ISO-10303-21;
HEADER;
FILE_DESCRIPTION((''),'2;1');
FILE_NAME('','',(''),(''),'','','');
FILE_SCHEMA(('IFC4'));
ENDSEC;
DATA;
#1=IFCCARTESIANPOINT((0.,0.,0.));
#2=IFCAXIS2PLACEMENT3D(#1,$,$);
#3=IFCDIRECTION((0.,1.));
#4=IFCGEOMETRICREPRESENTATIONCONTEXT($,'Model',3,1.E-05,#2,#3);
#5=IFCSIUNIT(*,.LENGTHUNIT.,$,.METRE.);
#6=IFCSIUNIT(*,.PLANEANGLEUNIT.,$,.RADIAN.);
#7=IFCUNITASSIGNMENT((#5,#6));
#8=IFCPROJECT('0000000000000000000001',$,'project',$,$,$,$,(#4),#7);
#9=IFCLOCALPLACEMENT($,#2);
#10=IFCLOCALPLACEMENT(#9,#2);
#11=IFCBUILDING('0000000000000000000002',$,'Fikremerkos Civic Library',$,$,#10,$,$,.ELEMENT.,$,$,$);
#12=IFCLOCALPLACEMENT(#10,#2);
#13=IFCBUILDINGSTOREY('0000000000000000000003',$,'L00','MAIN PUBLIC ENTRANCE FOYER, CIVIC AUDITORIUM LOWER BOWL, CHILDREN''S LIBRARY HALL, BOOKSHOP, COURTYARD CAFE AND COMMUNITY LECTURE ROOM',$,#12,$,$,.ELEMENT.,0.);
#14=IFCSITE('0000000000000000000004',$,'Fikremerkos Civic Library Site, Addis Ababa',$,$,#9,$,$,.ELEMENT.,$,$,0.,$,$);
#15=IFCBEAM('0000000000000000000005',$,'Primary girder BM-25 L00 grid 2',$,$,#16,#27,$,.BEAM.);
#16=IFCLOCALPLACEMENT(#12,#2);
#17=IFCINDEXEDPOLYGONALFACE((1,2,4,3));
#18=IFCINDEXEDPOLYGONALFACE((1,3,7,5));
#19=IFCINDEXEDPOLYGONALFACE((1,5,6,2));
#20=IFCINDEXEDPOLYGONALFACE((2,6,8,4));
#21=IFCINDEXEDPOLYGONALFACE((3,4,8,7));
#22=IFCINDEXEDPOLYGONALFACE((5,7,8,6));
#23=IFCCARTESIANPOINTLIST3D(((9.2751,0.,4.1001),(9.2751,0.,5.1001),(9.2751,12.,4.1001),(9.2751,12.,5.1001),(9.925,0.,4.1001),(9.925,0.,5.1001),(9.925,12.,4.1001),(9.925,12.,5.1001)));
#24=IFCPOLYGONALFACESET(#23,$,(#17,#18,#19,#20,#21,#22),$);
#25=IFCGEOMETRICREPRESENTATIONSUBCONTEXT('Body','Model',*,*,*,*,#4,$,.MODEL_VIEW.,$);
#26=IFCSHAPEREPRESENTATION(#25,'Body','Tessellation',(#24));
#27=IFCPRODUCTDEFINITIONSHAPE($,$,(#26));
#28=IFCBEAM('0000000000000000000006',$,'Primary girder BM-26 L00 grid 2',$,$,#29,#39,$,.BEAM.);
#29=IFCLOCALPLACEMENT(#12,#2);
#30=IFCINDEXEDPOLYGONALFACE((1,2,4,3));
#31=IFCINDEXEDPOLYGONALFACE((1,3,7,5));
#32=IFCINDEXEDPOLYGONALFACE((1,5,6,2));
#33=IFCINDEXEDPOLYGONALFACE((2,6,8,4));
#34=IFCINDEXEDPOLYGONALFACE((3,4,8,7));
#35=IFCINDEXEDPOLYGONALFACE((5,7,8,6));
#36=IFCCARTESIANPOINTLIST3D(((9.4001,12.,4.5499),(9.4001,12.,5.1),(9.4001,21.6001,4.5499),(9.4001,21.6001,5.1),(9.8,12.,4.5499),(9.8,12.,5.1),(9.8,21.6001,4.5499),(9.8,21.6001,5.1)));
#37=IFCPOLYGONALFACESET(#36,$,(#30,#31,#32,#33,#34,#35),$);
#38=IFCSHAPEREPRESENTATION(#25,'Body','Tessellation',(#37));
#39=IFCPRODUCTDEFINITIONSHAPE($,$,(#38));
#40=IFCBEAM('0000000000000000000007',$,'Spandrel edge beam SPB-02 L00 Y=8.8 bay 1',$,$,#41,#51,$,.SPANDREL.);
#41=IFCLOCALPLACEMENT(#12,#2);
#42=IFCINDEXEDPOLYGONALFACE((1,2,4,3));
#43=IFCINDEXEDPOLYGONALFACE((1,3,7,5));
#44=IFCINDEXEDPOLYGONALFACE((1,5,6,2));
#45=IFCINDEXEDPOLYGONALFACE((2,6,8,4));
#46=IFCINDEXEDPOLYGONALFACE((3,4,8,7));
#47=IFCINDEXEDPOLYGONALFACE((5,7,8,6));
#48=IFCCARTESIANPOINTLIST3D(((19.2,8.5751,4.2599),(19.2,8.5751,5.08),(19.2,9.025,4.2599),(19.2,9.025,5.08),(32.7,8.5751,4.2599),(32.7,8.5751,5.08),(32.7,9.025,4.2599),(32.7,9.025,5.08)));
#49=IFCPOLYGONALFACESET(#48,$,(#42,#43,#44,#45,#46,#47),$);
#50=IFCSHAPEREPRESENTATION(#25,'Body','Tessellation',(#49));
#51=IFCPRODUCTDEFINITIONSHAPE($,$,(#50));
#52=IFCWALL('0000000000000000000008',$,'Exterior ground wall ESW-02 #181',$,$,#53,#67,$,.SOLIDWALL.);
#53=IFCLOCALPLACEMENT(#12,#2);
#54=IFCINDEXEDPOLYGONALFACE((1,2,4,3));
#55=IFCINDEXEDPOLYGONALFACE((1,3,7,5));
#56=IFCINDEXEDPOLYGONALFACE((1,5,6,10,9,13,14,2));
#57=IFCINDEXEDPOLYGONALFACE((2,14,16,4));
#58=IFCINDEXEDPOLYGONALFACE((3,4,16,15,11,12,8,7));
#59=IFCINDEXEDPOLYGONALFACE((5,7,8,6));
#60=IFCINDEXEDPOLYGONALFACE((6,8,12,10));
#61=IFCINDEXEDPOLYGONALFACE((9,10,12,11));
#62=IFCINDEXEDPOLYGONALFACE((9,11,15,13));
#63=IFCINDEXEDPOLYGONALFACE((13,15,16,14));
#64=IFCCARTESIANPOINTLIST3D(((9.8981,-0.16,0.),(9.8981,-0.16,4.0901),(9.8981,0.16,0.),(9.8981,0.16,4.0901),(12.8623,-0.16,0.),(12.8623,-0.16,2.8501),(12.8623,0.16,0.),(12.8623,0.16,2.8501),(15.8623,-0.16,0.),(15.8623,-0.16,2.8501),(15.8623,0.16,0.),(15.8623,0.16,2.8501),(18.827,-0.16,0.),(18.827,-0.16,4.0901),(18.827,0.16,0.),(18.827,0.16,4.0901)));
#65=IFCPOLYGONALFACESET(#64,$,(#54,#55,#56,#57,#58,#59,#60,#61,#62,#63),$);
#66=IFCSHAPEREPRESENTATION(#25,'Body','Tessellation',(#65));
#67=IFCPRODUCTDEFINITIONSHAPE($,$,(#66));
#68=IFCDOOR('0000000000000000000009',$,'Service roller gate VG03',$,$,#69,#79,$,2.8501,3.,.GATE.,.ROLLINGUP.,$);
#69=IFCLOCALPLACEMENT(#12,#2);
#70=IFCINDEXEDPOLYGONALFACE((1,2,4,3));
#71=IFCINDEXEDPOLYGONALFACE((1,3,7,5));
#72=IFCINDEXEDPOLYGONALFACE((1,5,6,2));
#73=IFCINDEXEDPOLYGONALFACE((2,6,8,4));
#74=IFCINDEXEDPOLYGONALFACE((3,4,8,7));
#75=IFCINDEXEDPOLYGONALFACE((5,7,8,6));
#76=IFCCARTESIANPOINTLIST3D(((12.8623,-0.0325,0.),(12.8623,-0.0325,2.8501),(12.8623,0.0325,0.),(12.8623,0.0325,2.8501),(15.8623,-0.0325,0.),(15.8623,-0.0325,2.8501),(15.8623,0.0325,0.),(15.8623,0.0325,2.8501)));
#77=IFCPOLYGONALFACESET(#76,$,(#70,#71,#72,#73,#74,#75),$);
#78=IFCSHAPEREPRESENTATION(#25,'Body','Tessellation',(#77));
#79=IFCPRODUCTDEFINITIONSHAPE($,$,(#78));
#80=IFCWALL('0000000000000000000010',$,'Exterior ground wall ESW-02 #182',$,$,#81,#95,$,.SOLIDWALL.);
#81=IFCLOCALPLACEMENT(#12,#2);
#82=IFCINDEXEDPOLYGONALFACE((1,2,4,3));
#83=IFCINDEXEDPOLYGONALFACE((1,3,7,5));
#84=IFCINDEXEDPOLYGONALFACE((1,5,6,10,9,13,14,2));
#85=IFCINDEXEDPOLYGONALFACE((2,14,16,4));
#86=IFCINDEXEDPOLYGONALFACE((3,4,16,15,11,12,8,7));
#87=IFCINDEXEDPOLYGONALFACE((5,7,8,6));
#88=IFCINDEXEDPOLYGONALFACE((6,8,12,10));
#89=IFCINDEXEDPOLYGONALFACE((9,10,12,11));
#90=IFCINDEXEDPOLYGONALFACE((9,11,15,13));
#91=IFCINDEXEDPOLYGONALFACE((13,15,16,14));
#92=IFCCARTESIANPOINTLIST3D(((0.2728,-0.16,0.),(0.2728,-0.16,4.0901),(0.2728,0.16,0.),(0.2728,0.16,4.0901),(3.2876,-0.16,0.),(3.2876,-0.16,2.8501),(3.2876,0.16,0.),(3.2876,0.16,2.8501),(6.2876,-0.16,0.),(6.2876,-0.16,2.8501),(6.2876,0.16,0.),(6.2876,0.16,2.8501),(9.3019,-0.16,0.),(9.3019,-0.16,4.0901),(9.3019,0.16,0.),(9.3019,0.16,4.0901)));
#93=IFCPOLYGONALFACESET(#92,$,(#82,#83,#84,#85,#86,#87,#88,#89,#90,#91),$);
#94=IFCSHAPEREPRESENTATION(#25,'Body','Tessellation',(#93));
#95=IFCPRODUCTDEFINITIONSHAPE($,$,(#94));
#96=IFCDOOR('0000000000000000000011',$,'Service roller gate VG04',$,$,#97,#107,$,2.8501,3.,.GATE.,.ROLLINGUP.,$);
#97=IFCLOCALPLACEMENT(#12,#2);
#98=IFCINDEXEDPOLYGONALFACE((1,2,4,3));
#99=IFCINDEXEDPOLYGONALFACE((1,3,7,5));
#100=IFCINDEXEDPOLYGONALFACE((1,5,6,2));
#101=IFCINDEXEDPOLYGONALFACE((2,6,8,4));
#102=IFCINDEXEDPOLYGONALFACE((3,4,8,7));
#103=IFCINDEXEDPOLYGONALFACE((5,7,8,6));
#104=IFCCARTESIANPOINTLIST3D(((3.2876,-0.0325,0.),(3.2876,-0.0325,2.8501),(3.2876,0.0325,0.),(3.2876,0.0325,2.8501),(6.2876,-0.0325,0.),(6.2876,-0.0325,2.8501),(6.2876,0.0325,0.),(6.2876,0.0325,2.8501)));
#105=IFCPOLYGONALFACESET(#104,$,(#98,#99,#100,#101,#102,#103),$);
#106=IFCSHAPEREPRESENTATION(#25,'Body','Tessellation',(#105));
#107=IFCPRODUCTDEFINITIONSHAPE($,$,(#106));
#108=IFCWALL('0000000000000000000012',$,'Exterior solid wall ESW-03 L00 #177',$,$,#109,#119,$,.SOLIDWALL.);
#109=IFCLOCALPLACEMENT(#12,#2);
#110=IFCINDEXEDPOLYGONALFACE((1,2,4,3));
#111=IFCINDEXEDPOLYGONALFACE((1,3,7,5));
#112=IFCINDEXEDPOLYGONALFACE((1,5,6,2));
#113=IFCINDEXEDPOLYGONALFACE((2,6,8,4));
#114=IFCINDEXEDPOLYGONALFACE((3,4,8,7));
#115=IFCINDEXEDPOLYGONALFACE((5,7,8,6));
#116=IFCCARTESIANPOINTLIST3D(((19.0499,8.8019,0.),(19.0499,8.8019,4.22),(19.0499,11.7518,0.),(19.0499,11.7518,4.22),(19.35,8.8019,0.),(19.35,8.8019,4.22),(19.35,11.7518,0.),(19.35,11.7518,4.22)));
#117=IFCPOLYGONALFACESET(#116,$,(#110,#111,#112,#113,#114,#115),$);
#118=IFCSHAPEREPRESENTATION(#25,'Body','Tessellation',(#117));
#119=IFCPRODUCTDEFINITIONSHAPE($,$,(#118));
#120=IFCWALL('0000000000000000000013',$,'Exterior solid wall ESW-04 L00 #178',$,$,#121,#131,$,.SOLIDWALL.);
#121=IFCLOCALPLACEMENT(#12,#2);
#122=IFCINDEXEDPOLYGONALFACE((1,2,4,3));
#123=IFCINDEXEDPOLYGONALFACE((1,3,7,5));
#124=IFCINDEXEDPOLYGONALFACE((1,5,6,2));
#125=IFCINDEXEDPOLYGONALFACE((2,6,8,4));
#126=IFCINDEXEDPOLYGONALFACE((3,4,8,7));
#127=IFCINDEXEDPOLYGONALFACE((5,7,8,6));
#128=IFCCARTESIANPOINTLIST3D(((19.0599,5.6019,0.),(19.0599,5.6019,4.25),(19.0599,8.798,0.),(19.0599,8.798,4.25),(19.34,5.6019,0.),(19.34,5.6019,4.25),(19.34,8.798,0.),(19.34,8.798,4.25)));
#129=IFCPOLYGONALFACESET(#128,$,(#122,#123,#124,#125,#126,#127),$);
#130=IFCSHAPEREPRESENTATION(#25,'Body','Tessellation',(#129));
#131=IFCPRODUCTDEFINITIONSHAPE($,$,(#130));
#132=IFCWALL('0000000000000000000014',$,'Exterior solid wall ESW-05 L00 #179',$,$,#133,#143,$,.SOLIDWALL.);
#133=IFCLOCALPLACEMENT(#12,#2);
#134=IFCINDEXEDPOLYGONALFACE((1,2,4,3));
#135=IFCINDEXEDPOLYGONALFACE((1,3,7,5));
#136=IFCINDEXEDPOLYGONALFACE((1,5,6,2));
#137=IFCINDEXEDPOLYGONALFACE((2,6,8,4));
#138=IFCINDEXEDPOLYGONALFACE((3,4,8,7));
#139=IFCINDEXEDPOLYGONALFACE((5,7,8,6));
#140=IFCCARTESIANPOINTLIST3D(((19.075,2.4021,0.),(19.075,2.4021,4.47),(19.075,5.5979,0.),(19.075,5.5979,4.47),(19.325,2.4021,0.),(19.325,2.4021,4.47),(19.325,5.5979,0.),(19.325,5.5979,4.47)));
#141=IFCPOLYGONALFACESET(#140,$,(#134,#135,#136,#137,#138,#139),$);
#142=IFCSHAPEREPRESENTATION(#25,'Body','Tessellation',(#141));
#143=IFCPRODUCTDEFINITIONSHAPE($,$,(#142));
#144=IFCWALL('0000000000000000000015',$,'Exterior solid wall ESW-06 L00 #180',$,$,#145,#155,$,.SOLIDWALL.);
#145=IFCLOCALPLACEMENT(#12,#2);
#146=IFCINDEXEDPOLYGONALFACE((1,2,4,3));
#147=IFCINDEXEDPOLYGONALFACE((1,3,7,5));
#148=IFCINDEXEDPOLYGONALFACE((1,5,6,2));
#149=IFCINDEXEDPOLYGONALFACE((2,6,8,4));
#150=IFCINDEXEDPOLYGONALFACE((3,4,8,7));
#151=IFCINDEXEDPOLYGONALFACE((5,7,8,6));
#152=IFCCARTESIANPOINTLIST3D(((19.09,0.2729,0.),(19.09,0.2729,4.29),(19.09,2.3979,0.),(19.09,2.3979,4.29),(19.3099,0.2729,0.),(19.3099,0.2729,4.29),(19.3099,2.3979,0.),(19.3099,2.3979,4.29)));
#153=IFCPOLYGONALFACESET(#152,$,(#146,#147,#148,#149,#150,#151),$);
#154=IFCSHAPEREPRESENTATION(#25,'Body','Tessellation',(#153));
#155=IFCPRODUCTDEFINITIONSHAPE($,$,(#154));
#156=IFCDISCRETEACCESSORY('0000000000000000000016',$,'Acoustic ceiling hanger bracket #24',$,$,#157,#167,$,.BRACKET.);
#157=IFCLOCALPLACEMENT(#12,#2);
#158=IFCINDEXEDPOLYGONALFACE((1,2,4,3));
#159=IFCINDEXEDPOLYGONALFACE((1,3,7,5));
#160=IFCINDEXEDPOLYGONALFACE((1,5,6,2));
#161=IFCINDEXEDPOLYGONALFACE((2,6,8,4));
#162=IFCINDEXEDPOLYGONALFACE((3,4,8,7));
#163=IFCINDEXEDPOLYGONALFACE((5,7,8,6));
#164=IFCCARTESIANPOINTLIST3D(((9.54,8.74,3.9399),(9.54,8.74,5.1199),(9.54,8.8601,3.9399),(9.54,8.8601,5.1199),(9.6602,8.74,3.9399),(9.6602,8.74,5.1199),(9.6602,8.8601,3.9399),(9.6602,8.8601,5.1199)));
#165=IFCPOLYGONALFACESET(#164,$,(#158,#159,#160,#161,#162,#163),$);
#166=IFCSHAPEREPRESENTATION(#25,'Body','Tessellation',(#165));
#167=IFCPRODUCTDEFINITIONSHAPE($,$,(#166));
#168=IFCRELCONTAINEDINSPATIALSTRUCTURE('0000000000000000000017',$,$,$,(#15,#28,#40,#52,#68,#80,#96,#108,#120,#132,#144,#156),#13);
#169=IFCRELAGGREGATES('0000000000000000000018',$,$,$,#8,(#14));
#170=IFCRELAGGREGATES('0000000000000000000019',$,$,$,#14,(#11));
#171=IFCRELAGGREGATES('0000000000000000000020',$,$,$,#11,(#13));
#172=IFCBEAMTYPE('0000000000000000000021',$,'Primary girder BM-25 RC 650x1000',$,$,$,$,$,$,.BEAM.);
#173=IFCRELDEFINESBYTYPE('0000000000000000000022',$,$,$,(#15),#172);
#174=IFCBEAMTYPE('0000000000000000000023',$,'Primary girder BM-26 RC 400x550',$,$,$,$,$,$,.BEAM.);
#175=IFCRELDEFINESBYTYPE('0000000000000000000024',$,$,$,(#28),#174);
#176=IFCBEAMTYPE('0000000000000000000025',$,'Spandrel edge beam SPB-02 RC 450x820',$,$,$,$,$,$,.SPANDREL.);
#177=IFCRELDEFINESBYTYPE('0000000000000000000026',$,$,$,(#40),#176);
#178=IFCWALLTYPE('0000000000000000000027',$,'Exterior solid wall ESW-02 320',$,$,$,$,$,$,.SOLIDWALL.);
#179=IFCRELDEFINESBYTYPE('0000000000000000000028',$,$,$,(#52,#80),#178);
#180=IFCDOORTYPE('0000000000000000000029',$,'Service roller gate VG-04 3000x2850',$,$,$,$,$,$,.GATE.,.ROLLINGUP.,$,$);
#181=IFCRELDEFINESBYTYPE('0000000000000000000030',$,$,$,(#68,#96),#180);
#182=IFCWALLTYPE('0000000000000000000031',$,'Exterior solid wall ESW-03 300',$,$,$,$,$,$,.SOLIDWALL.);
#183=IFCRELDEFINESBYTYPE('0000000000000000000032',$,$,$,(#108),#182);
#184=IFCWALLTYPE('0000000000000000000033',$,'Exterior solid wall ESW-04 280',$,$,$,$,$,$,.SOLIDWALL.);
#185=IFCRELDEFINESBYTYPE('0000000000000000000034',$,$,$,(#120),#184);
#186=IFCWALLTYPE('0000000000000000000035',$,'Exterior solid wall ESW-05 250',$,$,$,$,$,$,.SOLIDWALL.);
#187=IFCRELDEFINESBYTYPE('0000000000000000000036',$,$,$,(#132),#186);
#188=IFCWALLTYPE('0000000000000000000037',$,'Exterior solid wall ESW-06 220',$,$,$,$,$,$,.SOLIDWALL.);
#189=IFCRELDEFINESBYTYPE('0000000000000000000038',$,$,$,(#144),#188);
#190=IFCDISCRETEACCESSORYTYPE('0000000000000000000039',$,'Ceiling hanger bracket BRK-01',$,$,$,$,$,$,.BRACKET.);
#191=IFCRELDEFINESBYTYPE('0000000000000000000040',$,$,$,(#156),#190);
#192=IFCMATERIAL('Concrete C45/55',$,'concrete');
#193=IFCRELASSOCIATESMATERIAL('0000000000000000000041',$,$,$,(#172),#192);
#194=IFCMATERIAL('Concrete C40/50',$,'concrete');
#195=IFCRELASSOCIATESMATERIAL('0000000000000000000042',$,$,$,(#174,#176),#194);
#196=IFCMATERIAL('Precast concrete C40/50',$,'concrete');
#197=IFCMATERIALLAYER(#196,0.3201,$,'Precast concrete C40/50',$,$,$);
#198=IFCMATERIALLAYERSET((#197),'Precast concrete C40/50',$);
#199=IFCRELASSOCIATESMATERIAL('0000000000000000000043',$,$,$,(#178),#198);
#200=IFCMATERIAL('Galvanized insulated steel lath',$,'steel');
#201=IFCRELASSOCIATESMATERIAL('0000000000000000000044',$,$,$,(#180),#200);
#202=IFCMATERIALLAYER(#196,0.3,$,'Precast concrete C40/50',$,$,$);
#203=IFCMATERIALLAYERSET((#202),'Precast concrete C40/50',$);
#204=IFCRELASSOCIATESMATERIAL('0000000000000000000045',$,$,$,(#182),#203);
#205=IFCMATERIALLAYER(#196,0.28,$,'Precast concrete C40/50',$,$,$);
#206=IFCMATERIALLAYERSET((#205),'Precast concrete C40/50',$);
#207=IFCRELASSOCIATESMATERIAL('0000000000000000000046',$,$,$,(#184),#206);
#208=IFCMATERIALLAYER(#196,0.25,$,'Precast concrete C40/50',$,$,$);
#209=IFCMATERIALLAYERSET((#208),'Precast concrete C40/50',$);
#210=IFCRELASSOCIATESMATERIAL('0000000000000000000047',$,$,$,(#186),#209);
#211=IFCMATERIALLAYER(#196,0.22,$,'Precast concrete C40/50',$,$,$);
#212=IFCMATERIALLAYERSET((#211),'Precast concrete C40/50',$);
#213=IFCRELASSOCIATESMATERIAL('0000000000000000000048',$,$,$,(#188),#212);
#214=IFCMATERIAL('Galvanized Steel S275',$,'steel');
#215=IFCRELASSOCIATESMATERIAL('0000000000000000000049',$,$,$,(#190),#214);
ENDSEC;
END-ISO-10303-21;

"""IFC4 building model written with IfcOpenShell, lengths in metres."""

from ifc_helpers import new_model, si_unit, direction, frame, frame_2d, origin, origin_2d, place, context, subcontext, project, spatial, rectangle, extrude, material, layer, layer_set, material_profile, profile_set, type_object, element, fill, save


model = new_model("IFC4")

# Units and contexts
model_context = context("Model", 3, precision=1e-05, world=origin(), true_north=direction((0.0, 1.0)))
body_context = subcontext(model_context, "Body", "Model", "MODEL_VIEW")
ifc_project = project(units=[si_unit("LENGTHUNIT", "METRE"), si_unit("PLANEANGLEUNIT", "RADIAN")], contexts=[model_context])

# Site, building, storey
site_placement = place(None, origin())
site = spatial("IfcSite", under=ifc_project, at=site_placement, Name="Fikremerkos Civic Library Site, Addis Ababa", CompositionType="ELEMENT", RefElevation=0.0)
building_placement = place(site_placement, origin())
building = spatial("IfcBuilding", under=site, at=building_placement, Name="Fikremerkos Civic Library", CompositionType="ELEMENT")
storey_placement = place(building_placement, origin())
storey = spatial("IfcBuildingStorey", under=building, at=storey_placement, Name="L00", Description="MAIN PUBLIC ENTRANCE FOYER, CIVIC AUDITORIUM LOWER BOWL, CHILDREN'S LIBRARY HALL, BOOKSHOP, COURTYARD CAFE AND COMMUNITY LECTURE ROOM", CompositionType="ELEMENT", Elevation=0.0)

# Shared definitions
ifc_material_1 = material(Name="Concrete C40/50", Category="concrete")

# Beams
ifc_material_2 = material(Name="Concrete C45/55", Category="concrete")
ifc_material_profile_1 = material_profile(ifc_material_2, rectangle(XDim=0.6499, YDim=1.0, at=origin_2d()), Name="RC 650x1000")
ifc_profile_set_1 = profile_set([ifc_material_profile_1], Name="Concrete C45/55")
beam_type_1 = type_object("IfcBeamType", Name="Primary girder BM-25 RC 650x1000", PredefinedType="BEAM", material=ifc_profile_set_1)
beam_1_placement = place(storey_placement, frame((9.6001, 0.0, 4.6001), z_axis=(0.0, 1.0, 0.0), x_axis=(-1.0, 0.0, 0.0)))
element("IfcBeam", 1, at=beam_1_placement, inside=storey, type_object=beam_type_1, Name="Primary girder BM-25 L00 grid 2", PredefinedType="BEAM", context=body_context, shape_type="SweptSolid", body=[
    extrude(rectangle(XDim=0.6499, YDim=1.0, at=origin_2d()), origin(), (0.0, 0.0, 1.0), 12.0),
])
ifc_material_profile_2 = material_profile(ifc_material_1, rectangle(XDim=0.3999, YDim=0.55, at=origin_2d()), Name="RC 400x550")
ifc_profile_set_2 = profile_set([ifc_material_profile_2], Name="Concrete C40/50")
beam_type_2 = type_object("IfcBeamType", Name="Primary girder BM-26 RC 400x550", PredefinedType="BEAM", material=ifc_profile_set_2)
beam_2_placement = place(storey_placement, frame((9.6001, 12.0, 4.825), z_axis=(0.0, 1.0, 0.0), x_axis=(-1.0, 0.0, 0.0)))
element("IfcBeam", 2, at=beam_2_placement, inside=storey, type_object=beam_type_2, Name="Primary girder BM-26 L00 grid 2", PredefinedType="BEAM", context=body_context, shape_type="SweptSolid", body=[
    extrude(rectangle(XDim=0.3999, YDim=0.55, at=origin_2d()), origin(), (0.0, 0.0, 1.0), 9.6001),
])
ifc_material_profile_3 = material_profile(ifc_material_1, rectangle(XDim=0.45, YDim=0.8201, at=origin_2d()), Name="RC 450x820")
ifc_profile_set_3 = profile_set([ifc_material_profile_3], Name="Concrete C40/50")
beam_type_3 = type_object("IfcBeamType", Name="Spandrel edge beam SPB-02 RC 450x820", PredefinedType="SPANDREL", material=ifc_profile_set_3)
beam_3_placement = place(storey_placement, frame((19.2, 8.8, 4.6699), z_axis=(1.0, 0.0, 0.0), x_axis=(0.0, 1.0, 0.0)))
element("IfcBeam", 3, at=beam_3_placement, inside=storey, type_object=beam_type_3, Name="Spandrel edge beam SPB-02 L00 Y=8.8 bay 1", PredefinedType="SPANDREL", context=body_context, shape_type="SweptSolid", body=[
    extrude(rectangle(XDim=0.45, YDim=0.8201, at=origin_2d()), origin(), (0.0, 0.0, 1.0), 13.5),
])

# Walls, openings, doors
ifc_material_3 = material(Name="Precast concrete C40/50", Category="concrete")
ifc_layer_1 = layer(ifc_material_3, 0.3201, Name="Precast concrete C40/50")
ifc_layer_set_1 = layer_set([ifc_layer_1], Name="Precast concrete C40/50")
wall_type_1 = type_object("IfcWallType", Name="Exterior solid wall ESW-02 320", PredefinedType="SOLIDWALL", material=ifc_layer_set_1)
wall_1_placement = place(storey_placement, frame((18.8269, 0.0, 0.0), z_axis=(0.0, 0.0, 1.0), x_axis=(-1.0, 0.0, 0.0)))
wall_1 = element("IfcWall", 4, at=wall_1_placement, inside=storey, type_object=wall_type_1, Name="Exterior ground wall ESW-02 #181", PredefinedType="SOLIDWALL", context=body_context, shape_type="SweptSolid", body=[
    extrude(rectangle(XDim=8.929, YDim=0.3201, at=frame_2d((4.4644, 0.0))), origin(), (0.0, 0.0, 1.0), 4.0901),
])
opening_1_placement = place(wall_1_placement, frame((2.9646, 0.0, 0.0)))
opening_1 = element("IfcOpeningElement", 5, at=opening_1_placement, cuts=wall_1, PredefinedType="OPENING", context=body_context, shape_type="SweptSolid", body=[
    extrude(rectangle(XDim=3.0, YDim=2.8501, at=frame_2d((1.5, 1.425))), frame((0.0, 0.1699, 0.0), z_axis=(0.0, -1.0, 0.0), x_axis=(1.0, 0.0, 0.0)), (0.0, 0.0, 1.0), 0.3401),
])
ifc_material_4 = material(Name="Galvanized insulated steel lath", Category="steel")
door_type = type_object("IfcDoorType", Name="Service roller gate VG-04 3000x2850", OperationType="ROLLINGUP", PredefinedType="GATE", material=ifc_material_4)
door_1_placement = place(opening_1_placement, origin())
door_1 = element("IfcDoor", 6, at=door_1_placement, inside=storey, type_object=door_type, Name="Service roller gate VG03", OperationType="ROLLINGUP", OverallHeight=2.8501, OverallWidth=3.0, PredefinedType="GATE", context=body_context, shape_type="SweptSolid", body=[
    extrude(rectangle(XDim=3.0, YDim=2.8501, at=frame_2d((1.5, 1.425))), frame((0.0, 0.0325, 0.0), z_axis=(0.0, -1.0, 0.0), x_axis=(1.0, 0.0, 0.0)), (0.0, 0.0, 1.0), 0.0649),
])
fill(opening_1, door_1)
wall_2_placement = place(storey_placement, frame((9.302, 0.0, 0.0), z_axis=(0.0, 0.0, 1.0), x_axis=(-1.0, 0.0, 0.0)))
wall_2 = element("IfcWall", 7, at=wall_2_placement, inside=storey, type_object=wall_type_1, Name="Exterior ground wall ESW-02 #182", PredefinedType="SOLIDWALL", context=body_context, shape_type="SweptSolid", body=[
    extrude(rectangle(XDim=9.0291, YDim=0.3201, at=frame_2d((4.5146, 0.0))), origin(), (0.0, 0.0, 1.0), 4.0901),
])
opening_2_placement = place(wall_2_placement, frame((3.0144, 0.0, 0.0)))
opening_2 = element("IfcOpeningElement", 8, at=opening_2_placement, cuts=wall_2, PredefinedType="OPENING", context=body_context, shape_type="SweptSolid", body=[
    extrude(rectangle(XDim=3.0, YDim=2.8501, at=frame_2d((1.5, 1.425))), frame((0.0, 0.1699, 0.0), z_axis=(0.0, -1.0, 0.0), x_axis=(1.0, 0.0, 0.0)), (0.0, 0.0, 1.0), 0.3401),
])
door_2_placement = place(opening_2_placement, origin())
door_2 = element("IfcDoor", 9, at=door_2_placement, inside=storey, type_object=door_type, Name="Service roller gate VG04", OperationType="ROLLINGUP", OverallHeight=2.8501, OverallWidth=3.0, PredefinedType="GATE", context=body_context, shape_type="SweptSolid", body=[
    extrude(rectangle(XDim=3.0, YDim=2.8501, at=frame_2d((1.5, 1.425))), frame((0.0, 0.0325, 0.0), z_axis=(0.0, -1.0, 0.0), x_axis=(1.0, 0.0, 0.0)), (0.0, 0.0, 1.0), 0.0649),
])
fill(opening_2, door_2)

# Walls
ifc_layer_2 = layer(ifc_material_3, 0.3, Name="Precast concrete C40/50")
ifc_layer_set_2 = layer_set([ifc_layer_2], Name="Precast concrete C40/50")
wall_type_2 = type_object("IfcWallType", Name="Exterior solid wall ESW-03 300", PredefinedType="SOLIDWALL", material=ifc_layer_set_2)
wall_3_placement = place(storey_placement, frame((19.2, 11.752, 0.0), z_axis=(0.0, 0.0, 1.0), x_axis=(0.0, -1.0, 0.0)))
element("IfcWall", 10, at=wall_3_placement, inside=storey, type_object=wall_type_2, Name="Exterior solid wall ESW-03 L00 #177", PredefinedType="SOLIDWALL", context=body_context, shape_type="SweptSolid", body=[
    extrude(rectangle(XDim=2.95, YDim=0.3, at=frame_2d((1.4751, 0.0))), origin(), (0.0, 0.0, 1.0), 4.22),
])
ifc_layer_3 = layer(ifc_material_3, 0.28, Name="Precast concrete C40/50")
ifc_layer_set_3 = layer_set([ifc_layer_3], Name="Precast concrete C40/50")
wall_type_3 = type_object("IfcWallType", Name="Exterior solid wall ESW-04 280", PredefinedType="SOLIDWALL", material=ifc_layer_set_3)
wall_4_placement = place(storey_placement, frame((19.2, 8.7981, 0.0), z_axis=(0.0, 0.0, 1.0), x_axis=(0.0, -1.0, 0.0)))
element("IfcWall", 11, at=wall_4_placement, inside=storey, type_object=wall_type_3, Name="Exterior solid wall ESW-04 L00 #178", PredefinedType="SOLIDWALL", context=body_context, shape_type="SweptSolid", body=[
    extrude(rectangle(XDim=3.196, YDim=0.28, at=frame_2d((1.5981, 0.0))), origin(), (0.0, 0.0, 1.0), 4.25),
])
ifc_layer_4 = layer(ifc_material_3, 0.25, Name="Precast concrete C40/50")
ifc_layer_set_4 = layer_set([ifc_layer_4], Name="Precast concrete C40/50")
wall_type_4 = type_object("IfcWallType", Name="Exterior solid wall ESW-05 250", PredefinedType="SOLIDWALL", material=ifc_layer_set_4)
wall_5_placement = place(storey_placement, frame((19.2, 5.5979, 0.0), z_axis=(0.0, 0.0, 1.0), x_axis=(0.0, -1.0, 0.0)))
element("IfcWall", 12, at=wall_5_placement, inside=storey, type_object=wall_type_4, Name="Exterior solid wall ESW-05 L00 #179", PredefinedType="SOLIDWALL", context=body_context, shape_type="SweptSolid", body=[
    extrude(rectangle(XDim=3.1958, YDim=0.25, at=frame_2d((1.5979, 0.0))), origin(), (0.0, 0.0, 1.0), 4.47),
])
ifc_layer_5 = layer(ifc_material_3, 0.22, Name="Precast concrete C40/50")
ifc_layer_set_5 = layer_set([ifc_layer_5], Name="Precast concrete C40/50")
wall_type_5 = type_object("IfcWallType", Name="Exterior solid wall ESW-06 220", PredefinedType="SOLIDWALL", material=ifc_layer_set_5)
wall_6_placement = place(storey_placement, frame((19.2, 2.3979, 0.0), z_axis=(0.0, 0.0, 1.0), x_axis=(0.0, -1.0, 0.0)))
element("IfcWall", 13, at=wall_6_placement, inside=storey, type_object=wall_type_5, Name="Exterior solid wall ESW-06 L00 #180", PredefinedType="SOLIDWALL", context=body_context, shape_type="SweptSolid", body=[
    extrude(rectangle(XDim=2.125, YDim=0.22, at=frame_2d((1.0625, 0.0))), origin(), (0.0, 0.0, 1.0), 4.29),
])

# Discrete accessory
ifc_material_5 = material(Name="Galvanized Steel S275", Category="steel")
discrete_accessory_type = type_object("IfcDiscreteAccessoryType", Name="Ceiling hanger bracket BRK-01", PredefinedType="BRACKET", material=ifc_material_5)
discrete_accessory_placement = place(storey_placement, frame((9.6001, 8.8, 3.9399), z_axis=(0.0, 0.0, 1.0), x_axis=(1.0, 0.0, 0.0)))
element("IfcDiscreteAccessory", 14, at=discrete_accessory_placement, inside=storey, type_object=discrete_accessory_type, Name="Acoustic ceiling hanger bracket #24", PredefinedType="BRACKET", context=body_context, shape_type="SweptSolid", body=[
    extrude(rectangle(XDim=0.1201, YDim=0.1201, at=origin_2d()), origin(), (0.0, 0.0, 1.0), 1.1799),
])

save(model, "model.ifc")
